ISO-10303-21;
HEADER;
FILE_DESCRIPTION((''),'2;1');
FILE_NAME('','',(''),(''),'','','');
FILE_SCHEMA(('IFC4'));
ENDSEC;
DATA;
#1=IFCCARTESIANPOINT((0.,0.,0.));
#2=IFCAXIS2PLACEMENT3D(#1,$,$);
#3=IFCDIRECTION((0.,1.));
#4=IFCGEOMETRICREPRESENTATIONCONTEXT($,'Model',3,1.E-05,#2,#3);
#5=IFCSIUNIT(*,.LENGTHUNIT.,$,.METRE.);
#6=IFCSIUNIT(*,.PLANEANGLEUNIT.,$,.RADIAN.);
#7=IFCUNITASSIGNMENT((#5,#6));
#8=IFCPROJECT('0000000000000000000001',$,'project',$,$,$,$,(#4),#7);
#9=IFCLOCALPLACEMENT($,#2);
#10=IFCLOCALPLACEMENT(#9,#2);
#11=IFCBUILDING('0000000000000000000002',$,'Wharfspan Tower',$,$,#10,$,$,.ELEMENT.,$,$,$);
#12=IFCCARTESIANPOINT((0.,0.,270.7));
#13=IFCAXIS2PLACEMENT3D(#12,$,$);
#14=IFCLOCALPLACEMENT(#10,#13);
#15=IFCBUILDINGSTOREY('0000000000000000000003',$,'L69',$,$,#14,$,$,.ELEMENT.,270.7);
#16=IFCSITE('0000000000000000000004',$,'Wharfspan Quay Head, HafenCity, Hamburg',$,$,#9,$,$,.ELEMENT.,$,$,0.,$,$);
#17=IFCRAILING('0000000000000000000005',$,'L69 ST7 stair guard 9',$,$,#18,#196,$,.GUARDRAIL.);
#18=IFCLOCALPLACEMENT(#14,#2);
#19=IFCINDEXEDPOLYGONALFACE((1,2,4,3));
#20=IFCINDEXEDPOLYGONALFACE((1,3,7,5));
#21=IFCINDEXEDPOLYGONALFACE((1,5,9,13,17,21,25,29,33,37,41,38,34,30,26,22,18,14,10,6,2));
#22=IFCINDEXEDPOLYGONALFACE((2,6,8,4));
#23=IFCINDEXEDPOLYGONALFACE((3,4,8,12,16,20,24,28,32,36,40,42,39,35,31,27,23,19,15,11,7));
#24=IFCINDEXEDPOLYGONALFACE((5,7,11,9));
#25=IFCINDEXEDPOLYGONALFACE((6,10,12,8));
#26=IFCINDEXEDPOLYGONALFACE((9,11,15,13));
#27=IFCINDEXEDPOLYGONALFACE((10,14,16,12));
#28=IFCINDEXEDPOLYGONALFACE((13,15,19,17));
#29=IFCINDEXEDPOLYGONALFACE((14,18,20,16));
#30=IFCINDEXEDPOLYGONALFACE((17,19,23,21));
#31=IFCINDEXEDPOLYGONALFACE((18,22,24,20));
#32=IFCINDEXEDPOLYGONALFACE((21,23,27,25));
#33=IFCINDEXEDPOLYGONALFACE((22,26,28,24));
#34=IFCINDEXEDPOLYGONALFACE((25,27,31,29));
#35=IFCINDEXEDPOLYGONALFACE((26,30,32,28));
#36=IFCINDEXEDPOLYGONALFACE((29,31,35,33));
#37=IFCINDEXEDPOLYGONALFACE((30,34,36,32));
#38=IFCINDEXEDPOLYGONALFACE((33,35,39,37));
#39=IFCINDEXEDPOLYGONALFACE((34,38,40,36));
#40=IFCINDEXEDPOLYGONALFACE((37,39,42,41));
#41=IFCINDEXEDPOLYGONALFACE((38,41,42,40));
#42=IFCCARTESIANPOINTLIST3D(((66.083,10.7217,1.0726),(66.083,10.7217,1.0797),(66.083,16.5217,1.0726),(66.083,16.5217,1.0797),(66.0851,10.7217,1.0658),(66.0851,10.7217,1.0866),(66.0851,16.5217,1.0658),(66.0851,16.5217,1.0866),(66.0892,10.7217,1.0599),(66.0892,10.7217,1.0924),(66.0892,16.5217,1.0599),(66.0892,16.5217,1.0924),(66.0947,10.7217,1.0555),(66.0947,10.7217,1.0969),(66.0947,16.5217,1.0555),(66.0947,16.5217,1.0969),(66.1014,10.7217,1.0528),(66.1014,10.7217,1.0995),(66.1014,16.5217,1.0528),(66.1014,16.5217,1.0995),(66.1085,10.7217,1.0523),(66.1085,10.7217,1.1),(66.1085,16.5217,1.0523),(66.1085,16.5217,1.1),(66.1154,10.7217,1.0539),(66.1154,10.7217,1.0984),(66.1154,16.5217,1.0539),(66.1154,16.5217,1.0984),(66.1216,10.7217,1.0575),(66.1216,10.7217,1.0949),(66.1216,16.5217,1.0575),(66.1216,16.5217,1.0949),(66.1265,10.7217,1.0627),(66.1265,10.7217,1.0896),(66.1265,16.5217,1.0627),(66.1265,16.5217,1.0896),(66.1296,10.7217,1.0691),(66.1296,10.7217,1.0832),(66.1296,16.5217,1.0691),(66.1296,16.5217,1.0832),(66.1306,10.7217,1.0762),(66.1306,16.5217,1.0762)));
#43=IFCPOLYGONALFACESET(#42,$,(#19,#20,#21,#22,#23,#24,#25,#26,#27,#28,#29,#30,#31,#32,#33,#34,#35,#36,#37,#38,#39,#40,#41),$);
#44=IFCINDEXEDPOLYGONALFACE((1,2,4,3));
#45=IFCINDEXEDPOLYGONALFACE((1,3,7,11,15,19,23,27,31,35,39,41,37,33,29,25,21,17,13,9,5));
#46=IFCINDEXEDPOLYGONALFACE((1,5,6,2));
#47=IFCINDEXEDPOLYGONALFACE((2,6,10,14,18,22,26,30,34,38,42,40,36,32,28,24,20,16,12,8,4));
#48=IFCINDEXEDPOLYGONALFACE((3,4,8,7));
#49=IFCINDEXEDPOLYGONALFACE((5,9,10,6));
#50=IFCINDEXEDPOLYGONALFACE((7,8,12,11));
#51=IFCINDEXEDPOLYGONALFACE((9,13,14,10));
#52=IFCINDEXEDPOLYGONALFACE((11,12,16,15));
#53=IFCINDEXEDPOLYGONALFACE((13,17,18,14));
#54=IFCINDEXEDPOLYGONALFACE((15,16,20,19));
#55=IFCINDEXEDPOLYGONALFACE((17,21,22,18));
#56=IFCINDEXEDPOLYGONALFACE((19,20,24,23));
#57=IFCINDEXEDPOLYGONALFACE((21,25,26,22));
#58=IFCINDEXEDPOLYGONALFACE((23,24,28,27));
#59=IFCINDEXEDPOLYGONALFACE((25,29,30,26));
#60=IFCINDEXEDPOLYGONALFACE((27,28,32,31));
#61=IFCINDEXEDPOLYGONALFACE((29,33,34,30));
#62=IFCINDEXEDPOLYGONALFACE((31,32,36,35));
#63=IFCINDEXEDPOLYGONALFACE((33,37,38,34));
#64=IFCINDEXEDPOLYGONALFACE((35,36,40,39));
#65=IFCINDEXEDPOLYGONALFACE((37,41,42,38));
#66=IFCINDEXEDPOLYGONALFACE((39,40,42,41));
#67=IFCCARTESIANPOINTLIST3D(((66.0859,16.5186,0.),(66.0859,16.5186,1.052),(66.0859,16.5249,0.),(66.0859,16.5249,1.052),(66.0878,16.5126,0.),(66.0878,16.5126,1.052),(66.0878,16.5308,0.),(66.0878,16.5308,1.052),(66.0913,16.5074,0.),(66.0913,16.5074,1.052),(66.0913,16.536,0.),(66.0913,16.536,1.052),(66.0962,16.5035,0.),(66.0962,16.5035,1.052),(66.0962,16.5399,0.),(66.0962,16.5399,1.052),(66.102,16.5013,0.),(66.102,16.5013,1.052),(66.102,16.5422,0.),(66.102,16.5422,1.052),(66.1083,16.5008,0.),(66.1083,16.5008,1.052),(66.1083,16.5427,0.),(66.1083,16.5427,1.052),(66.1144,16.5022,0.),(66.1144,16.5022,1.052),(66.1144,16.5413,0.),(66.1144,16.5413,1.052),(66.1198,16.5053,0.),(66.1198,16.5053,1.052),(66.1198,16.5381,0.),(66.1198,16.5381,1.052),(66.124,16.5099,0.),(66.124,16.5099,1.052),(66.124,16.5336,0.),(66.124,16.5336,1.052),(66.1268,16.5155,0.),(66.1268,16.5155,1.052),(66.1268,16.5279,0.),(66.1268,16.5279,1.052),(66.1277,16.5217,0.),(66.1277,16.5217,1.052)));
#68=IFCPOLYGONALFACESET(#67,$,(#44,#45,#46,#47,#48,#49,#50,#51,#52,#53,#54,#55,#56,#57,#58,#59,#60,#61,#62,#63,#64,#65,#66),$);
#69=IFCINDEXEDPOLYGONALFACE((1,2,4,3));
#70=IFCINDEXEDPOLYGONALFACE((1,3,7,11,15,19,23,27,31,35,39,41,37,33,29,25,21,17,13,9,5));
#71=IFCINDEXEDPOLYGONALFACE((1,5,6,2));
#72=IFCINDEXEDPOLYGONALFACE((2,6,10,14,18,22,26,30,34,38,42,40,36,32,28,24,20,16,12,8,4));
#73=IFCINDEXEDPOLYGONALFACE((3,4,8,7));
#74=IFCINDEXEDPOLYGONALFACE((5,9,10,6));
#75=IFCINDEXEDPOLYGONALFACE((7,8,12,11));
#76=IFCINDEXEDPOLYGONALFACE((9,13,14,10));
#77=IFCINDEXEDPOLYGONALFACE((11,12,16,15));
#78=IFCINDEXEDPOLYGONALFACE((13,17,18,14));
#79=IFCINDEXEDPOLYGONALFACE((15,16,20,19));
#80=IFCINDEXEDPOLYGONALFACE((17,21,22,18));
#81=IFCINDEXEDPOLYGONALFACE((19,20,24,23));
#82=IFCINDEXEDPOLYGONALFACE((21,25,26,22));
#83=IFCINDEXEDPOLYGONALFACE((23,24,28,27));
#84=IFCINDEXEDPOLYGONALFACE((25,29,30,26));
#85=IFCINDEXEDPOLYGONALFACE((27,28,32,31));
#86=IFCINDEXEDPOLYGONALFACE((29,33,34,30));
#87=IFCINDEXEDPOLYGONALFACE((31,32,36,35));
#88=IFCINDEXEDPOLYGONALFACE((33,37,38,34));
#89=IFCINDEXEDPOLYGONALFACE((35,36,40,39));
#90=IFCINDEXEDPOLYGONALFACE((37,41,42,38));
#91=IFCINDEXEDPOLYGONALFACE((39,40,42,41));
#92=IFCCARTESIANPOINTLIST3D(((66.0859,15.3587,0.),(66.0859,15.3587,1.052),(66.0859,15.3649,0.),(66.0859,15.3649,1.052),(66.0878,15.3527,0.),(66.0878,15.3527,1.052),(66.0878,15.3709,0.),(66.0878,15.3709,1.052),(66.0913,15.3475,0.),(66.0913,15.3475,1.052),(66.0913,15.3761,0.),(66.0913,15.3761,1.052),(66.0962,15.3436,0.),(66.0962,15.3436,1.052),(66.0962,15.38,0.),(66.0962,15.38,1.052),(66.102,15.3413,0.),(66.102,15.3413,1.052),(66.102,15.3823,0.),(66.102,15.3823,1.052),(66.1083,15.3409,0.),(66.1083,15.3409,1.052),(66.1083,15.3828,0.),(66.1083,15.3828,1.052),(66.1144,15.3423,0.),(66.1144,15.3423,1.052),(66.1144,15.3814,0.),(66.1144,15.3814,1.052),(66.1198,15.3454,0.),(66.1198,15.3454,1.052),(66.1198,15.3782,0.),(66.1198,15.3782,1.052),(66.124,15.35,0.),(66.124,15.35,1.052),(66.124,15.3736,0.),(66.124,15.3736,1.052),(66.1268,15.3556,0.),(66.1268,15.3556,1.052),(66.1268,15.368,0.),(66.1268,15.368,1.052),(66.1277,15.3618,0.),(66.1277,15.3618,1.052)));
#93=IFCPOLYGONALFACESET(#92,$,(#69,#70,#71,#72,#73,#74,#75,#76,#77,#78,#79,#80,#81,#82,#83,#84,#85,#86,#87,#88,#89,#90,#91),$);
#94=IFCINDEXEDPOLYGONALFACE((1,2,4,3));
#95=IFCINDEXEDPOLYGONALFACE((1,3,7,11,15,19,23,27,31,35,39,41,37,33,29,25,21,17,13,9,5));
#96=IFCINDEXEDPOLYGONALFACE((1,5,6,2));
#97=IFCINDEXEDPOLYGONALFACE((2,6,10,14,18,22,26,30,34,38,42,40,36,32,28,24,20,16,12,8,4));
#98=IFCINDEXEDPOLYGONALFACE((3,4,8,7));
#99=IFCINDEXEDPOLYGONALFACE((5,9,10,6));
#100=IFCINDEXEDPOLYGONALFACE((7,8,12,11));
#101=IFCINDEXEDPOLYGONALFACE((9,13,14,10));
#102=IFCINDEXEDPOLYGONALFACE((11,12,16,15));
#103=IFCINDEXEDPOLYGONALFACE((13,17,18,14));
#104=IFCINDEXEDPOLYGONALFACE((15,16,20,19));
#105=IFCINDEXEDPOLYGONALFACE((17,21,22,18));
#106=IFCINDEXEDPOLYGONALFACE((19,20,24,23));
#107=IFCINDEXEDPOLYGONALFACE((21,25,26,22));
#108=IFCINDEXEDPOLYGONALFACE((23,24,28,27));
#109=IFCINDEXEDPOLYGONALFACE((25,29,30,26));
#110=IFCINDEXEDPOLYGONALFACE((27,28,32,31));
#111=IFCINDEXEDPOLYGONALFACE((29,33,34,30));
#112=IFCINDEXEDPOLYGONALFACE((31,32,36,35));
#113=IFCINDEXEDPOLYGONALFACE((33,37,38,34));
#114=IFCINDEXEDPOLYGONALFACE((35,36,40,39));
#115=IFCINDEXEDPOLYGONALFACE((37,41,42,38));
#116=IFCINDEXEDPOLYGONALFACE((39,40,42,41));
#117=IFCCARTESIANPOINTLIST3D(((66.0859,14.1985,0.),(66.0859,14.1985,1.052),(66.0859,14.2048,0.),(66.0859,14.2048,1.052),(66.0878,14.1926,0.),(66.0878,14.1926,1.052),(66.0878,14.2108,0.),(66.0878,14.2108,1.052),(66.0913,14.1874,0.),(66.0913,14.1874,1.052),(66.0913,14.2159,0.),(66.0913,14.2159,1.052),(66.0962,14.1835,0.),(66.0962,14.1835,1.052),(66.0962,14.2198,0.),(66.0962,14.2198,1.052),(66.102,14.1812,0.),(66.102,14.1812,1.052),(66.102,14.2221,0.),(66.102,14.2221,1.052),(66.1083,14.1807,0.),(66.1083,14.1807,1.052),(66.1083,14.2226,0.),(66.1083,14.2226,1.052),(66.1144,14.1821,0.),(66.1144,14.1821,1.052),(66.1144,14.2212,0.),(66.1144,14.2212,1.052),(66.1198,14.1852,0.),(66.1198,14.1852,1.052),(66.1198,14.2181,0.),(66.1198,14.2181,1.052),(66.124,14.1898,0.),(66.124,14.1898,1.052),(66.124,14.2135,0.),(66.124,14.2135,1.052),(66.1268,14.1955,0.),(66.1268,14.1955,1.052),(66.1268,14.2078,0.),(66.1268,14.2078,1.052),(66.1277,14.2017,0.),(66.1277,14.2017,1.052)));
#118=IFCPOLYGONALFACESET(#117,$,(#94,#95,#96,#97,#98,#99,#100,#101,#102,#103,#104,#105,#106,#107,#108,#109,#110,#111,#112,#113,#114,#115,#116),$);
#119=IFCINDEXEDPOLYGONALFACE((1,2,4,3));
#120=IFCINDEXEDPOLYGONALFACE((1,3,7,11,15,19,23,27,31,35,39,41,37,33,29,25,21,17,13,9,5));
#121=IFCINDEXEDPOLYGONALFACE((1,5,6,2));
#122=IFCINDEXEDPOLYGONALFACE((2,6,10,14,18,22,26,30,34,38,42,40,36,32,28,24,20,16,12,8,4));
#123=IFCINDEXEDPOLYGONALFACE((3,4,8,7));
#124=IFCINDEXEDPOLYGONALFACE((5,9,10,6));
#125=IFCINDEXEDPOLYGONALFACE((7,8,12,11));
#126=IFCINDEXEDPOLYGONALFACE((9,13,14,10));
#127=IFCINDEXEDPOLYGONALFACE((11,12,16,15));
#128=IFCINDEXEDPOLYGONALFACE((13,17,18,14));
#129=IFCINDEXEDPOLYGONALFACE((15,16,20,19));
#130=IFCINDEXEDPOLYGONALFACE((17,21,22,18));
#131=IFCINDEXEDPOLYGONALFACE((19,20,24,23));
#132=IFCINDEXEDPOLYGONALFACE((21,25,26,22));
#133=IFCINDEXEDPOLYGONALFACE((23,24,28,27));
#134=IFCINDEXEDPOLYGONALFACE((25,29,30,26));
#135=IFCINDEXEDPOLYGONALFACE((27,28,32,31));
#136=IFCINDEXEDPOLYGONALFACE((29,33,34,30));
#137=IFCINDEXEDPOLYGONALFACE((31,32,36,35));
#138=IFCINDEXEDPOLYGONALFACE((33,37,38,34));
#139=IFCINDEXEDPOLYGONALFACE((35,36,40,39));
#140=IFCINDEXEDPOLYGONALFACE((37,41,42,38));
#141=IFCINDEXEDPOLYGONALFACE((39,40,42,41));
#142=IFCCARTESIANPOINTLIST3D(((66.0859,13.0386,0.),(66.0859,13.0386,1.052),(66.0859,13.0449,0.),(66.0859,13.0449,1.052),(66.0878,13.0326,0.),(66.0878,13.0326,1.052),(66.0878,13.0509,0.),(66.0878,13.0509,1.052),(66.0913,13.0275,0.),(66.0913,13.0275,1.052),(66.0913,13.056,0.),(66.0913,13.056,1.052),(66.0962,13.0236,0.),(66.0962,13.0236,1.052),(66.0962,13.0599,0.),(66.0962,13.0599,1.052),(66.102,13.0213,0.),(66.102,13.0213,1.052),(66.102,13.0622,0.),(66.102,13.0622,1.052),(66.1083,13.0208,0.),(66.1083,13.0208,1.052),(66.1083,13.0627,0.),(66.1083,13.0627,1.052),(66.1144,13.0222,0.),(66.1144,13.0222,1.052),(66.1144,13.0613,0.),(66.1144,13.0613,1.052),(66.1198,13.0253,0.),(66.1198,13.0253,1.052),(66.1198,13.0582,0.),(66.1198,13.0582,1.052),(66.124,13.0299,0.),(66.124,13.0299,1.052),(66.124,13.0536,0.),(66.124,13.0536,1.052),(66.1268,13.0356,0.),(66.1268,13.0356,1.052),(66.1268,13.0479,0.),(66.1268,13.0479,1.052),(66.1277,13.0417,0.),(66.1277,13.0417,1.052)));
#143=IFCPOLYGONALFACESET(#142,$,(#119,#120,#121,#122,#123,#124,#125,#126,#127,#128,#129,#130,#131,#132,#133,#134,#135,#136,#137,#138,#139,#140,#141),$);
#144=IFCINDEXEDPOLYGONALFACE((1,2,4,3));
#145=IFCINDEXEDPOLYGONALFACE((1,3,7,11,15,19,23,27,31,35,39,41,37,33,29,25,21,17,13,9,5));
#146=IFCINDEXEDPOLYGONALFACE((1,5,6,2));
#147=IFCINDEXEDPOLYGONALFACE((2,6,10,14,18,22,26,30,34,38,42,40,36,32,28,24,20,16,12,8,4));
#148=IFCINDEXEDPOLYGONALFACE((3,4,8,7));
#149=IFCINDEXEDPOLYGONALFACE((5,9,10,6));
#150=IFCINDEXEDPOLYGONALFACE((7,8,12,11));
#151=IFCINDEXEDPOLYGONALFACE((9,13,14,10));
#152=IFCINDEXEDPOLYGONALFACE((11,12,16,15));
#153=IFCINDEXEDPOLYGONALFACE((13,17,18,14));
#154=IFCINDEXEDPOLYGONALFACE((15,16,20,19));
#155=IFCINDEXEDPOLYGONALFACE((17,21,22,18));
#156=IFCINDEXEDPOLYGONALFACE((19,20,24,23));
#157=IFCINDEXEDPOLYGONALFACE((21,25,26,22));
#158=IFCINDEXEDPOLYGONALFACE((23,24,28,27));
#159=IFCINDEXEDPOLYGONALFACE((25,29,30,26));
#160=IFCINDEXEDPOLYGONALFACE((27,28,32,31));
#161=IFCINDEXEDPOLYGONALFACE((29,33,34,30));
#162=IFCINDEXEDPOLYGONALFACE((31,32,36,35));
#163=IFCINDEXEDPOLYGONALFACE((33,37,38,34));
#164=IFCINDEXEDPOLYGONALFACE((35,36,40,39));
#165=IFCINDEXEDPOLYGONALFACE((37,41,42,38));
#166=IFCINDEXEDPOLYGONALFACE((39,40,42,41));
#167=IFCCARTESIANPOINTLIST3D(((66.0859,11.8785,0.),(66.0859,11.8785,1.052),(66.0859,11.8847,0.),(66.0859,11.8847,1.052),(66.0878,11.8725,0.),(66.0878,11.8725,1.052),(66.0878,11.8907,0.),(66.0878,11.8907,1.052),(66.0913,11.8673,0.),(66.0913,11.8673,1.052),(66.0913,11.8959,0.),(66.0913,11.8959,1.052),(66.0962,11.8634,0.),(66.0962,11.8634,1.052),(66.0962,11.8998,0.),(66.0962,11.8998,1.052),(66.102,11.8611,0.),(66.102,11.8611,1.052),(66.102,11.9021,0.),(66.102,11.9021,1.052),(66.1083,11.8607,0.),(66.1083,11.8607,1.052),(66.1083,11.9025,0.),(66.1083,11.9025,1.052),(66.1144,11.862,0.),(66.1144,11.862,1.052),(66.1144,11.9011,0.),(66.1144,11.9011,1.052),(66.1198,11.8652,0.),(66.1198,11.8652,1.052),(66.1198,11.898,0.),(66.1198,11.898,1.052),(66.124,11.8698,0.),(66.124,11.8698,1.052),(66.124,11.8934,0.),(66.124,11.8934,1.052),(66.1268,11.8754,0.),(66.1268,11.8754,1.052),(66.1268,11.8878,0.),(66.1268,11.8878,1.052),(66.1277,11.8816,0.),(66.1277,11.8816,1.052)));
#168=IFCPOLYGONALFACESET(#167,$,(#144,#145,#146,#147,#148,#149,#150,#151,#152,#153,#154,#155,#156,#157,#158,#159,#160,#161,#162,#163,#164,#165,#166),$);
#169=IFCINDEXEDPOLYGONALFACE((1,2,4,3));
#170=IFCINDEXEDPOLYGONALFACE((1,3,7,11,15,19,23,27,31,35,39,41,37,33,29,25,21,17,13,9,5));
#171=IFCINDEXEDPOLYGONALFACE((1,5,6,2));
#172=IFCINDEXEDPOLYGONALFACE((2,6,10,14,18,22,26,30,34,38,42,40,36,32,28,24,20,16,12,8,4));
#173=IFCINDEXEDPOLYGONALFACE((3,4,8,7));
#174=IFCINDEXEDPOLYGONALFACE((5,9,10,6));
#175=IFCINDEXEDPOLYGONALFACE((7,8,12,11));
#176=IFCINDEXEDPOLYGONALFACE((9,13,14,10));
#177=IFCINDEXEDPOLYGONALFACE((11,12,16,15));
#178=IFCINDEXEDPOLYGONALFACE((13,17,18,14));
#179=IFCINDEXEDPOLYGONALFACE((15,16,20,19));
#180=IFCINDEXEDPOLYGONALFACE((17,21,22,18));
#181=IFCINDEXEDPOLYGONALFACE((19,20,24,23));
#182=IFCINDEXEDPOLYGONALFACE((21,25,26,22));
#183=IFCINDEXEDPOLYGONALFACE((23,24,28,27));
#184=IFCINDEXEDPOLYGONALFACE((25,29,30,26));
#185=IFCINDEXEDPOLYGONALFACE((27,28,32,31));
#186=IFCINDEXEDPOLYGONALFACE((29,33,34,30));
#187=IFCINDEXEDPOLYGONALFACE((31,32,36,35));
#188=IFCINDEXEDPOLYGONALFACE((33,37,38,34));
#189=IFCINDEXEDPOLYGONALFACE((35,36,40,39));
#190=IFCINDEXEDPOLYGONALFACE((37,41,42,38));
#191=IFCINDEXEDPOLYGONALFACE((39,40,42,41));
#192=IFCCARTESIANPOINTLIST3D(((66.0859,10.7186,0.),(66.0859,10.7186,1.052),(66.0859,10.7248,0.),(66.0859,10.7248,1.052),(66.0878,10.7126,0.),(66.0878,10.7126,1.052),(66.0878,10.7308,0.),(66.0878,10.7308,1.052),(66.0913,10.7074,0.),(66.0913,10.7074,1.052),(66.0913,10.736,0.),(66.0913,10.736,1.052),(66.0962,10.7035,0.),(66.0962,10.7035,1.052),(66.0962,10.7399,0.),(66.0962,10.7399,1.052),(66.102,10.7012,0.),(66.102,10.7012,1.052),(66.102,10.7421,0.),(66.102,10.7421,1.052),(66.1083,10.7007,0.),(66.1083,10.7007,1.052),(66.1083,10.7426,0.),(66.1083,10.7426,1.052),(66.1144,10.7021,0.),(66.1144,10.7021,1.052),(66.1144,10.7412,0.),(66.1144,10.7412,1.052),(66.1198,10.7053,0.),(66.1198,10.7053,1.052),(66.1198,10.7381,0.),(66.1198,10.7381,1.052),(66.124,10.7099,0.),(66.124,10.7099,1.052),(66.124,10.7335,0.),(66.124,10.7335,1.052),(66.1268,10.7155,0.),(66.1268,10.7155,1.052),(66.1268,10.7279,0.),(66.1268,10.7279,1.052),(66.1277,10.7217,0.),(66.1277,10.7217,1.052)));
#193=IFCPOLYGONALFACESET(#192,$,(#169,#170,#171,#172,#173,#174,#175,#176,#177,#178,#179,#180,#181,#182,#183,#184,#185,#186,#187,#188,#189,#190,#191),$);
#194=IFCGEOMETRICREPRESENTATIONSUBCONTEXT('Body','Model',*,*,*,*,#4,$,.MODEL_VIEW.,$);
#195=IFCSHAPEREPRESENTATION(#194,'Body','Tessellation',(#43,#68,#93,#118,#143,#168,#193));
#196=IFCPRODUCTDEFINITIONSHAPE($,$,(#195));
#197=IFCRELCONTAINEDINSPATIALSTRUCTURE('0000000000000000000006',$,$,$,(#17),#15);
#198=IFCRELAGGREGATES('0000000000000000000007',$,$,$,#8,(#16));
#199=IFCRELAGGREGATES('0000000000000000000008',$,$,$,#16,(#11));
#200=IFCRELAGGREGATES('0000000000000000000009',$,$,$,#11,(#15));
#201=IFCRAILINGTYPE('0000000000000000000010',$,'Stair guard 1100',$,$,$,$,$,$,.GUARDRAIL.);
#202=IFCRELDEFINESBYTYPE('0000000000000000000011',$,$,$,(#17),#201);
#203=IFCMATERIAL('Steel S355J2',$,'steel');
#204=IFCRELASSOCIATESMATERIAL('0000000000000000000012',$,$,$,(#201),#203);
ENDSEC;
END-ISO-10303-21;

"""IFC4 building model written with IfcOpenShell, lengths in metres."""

from ifc_helpers import new_model, si_unit, direction, frame, origin, origin_2d, place, context, subcontext, project, spatial, circle, extrude, material, type_object, element, save


model = new_model("IFC4")

# Units and contexts
model_context = context("Model", 3, precision=1e-05, world=origin(), true_north=direction((0.0, 1.0)))
body_context = subcontext(model_context, "Body", "Model", "MODEL_VIEW")
ifc_project = project(units=[si_unit("LENGTHUNIT", "METRE"), si_unit("PLANEANGLEUNIT", "RADIAN")], contexts=[model_context])

# Site, building, storey
site_placement = place(None, origin())
site = spatial("IfcSite", under=ifc_project, at=site_placement, Name="Wharfspan Quay Head, HafenCity, Hamburg", CompositionType="ELEMENT", RefElevation=0.0)
building_placement = place(site_placement, origin())
building = spatial("IfcBuilding", under=site, at=building_placement, Name="Wharfspan Tower", CompositionType="ELEMENT")
storey_placement = place(building_placement, frame((0.0, 0.0, 270.7)))
storey = spatial("IfcBuildingStorey", under=building, at=storey_placement, Name="L69", CompositionType="ELEMENT", Elevation=270.7)

# Shared definitions
ifc_material_1 = material(Name="Steel S355J2", Category="steel")

# Railing
railing_type_1 = type_object("IfcRailingType", Name="Stair guard 1100", PredefinedType="GUARDRAIL", material=ifc_material_1)
for number, where, name in (
    (1, (66.1067, 16.5217, 0.0), "L69 ST7 stair guard 9"),
):
    element("IfcRailing", number, at=place(storey_placement, frame(where)), inside=storey, type_object=railing_type_1, Name=name, PredefinedType="GUARDRAIL", context=body_context, shape_type="SweptSolid", body=[
        extrude(circle(Radius=0.0239, at=origin_2d()), frame((0.0, 0.0, 1.0762), z_axis=(0.0, -1.0, 0.0), x_axis=(1.0, 0.0, 0.0)), (0.0, 0.0, 1.0), 5.8),
        extrude(circle(Radius=0.021, at=origin_2d()), origin(), (0.0, 0.0, 1.0), 1.052),
        extrude(circle(Radius=0.021, at=origin_2d()), frame((0.0, -1.1599, 0.0)), (0.0, 0.0, 1.0), 1.052),
        extrude(circle(Radius=0.021, at=origin_2d()), frame((0.0, -2.3201, 0.0)), (0.0, 0.0, 1.0), 1.052),
        extrude(circle(Radius=0.021, at=origin_2d()), frame((0.0, -3.48, 0.0)), (0.0, 0.0, 1.0), 1.052),
        extrude(circle(Radius=0.021, at=origin_2d()), frame((0.0, -4.6401, 0.0)), (0.0, 0.0, 1.0), 1.052),
        extrude(circle(Radius=0.021, at=origin_2d()), frame((0.0, -5.8, 0.0)), (0.0, 0.0, 1.0), 1.052),
    ])

save(model, "model.ifc")
